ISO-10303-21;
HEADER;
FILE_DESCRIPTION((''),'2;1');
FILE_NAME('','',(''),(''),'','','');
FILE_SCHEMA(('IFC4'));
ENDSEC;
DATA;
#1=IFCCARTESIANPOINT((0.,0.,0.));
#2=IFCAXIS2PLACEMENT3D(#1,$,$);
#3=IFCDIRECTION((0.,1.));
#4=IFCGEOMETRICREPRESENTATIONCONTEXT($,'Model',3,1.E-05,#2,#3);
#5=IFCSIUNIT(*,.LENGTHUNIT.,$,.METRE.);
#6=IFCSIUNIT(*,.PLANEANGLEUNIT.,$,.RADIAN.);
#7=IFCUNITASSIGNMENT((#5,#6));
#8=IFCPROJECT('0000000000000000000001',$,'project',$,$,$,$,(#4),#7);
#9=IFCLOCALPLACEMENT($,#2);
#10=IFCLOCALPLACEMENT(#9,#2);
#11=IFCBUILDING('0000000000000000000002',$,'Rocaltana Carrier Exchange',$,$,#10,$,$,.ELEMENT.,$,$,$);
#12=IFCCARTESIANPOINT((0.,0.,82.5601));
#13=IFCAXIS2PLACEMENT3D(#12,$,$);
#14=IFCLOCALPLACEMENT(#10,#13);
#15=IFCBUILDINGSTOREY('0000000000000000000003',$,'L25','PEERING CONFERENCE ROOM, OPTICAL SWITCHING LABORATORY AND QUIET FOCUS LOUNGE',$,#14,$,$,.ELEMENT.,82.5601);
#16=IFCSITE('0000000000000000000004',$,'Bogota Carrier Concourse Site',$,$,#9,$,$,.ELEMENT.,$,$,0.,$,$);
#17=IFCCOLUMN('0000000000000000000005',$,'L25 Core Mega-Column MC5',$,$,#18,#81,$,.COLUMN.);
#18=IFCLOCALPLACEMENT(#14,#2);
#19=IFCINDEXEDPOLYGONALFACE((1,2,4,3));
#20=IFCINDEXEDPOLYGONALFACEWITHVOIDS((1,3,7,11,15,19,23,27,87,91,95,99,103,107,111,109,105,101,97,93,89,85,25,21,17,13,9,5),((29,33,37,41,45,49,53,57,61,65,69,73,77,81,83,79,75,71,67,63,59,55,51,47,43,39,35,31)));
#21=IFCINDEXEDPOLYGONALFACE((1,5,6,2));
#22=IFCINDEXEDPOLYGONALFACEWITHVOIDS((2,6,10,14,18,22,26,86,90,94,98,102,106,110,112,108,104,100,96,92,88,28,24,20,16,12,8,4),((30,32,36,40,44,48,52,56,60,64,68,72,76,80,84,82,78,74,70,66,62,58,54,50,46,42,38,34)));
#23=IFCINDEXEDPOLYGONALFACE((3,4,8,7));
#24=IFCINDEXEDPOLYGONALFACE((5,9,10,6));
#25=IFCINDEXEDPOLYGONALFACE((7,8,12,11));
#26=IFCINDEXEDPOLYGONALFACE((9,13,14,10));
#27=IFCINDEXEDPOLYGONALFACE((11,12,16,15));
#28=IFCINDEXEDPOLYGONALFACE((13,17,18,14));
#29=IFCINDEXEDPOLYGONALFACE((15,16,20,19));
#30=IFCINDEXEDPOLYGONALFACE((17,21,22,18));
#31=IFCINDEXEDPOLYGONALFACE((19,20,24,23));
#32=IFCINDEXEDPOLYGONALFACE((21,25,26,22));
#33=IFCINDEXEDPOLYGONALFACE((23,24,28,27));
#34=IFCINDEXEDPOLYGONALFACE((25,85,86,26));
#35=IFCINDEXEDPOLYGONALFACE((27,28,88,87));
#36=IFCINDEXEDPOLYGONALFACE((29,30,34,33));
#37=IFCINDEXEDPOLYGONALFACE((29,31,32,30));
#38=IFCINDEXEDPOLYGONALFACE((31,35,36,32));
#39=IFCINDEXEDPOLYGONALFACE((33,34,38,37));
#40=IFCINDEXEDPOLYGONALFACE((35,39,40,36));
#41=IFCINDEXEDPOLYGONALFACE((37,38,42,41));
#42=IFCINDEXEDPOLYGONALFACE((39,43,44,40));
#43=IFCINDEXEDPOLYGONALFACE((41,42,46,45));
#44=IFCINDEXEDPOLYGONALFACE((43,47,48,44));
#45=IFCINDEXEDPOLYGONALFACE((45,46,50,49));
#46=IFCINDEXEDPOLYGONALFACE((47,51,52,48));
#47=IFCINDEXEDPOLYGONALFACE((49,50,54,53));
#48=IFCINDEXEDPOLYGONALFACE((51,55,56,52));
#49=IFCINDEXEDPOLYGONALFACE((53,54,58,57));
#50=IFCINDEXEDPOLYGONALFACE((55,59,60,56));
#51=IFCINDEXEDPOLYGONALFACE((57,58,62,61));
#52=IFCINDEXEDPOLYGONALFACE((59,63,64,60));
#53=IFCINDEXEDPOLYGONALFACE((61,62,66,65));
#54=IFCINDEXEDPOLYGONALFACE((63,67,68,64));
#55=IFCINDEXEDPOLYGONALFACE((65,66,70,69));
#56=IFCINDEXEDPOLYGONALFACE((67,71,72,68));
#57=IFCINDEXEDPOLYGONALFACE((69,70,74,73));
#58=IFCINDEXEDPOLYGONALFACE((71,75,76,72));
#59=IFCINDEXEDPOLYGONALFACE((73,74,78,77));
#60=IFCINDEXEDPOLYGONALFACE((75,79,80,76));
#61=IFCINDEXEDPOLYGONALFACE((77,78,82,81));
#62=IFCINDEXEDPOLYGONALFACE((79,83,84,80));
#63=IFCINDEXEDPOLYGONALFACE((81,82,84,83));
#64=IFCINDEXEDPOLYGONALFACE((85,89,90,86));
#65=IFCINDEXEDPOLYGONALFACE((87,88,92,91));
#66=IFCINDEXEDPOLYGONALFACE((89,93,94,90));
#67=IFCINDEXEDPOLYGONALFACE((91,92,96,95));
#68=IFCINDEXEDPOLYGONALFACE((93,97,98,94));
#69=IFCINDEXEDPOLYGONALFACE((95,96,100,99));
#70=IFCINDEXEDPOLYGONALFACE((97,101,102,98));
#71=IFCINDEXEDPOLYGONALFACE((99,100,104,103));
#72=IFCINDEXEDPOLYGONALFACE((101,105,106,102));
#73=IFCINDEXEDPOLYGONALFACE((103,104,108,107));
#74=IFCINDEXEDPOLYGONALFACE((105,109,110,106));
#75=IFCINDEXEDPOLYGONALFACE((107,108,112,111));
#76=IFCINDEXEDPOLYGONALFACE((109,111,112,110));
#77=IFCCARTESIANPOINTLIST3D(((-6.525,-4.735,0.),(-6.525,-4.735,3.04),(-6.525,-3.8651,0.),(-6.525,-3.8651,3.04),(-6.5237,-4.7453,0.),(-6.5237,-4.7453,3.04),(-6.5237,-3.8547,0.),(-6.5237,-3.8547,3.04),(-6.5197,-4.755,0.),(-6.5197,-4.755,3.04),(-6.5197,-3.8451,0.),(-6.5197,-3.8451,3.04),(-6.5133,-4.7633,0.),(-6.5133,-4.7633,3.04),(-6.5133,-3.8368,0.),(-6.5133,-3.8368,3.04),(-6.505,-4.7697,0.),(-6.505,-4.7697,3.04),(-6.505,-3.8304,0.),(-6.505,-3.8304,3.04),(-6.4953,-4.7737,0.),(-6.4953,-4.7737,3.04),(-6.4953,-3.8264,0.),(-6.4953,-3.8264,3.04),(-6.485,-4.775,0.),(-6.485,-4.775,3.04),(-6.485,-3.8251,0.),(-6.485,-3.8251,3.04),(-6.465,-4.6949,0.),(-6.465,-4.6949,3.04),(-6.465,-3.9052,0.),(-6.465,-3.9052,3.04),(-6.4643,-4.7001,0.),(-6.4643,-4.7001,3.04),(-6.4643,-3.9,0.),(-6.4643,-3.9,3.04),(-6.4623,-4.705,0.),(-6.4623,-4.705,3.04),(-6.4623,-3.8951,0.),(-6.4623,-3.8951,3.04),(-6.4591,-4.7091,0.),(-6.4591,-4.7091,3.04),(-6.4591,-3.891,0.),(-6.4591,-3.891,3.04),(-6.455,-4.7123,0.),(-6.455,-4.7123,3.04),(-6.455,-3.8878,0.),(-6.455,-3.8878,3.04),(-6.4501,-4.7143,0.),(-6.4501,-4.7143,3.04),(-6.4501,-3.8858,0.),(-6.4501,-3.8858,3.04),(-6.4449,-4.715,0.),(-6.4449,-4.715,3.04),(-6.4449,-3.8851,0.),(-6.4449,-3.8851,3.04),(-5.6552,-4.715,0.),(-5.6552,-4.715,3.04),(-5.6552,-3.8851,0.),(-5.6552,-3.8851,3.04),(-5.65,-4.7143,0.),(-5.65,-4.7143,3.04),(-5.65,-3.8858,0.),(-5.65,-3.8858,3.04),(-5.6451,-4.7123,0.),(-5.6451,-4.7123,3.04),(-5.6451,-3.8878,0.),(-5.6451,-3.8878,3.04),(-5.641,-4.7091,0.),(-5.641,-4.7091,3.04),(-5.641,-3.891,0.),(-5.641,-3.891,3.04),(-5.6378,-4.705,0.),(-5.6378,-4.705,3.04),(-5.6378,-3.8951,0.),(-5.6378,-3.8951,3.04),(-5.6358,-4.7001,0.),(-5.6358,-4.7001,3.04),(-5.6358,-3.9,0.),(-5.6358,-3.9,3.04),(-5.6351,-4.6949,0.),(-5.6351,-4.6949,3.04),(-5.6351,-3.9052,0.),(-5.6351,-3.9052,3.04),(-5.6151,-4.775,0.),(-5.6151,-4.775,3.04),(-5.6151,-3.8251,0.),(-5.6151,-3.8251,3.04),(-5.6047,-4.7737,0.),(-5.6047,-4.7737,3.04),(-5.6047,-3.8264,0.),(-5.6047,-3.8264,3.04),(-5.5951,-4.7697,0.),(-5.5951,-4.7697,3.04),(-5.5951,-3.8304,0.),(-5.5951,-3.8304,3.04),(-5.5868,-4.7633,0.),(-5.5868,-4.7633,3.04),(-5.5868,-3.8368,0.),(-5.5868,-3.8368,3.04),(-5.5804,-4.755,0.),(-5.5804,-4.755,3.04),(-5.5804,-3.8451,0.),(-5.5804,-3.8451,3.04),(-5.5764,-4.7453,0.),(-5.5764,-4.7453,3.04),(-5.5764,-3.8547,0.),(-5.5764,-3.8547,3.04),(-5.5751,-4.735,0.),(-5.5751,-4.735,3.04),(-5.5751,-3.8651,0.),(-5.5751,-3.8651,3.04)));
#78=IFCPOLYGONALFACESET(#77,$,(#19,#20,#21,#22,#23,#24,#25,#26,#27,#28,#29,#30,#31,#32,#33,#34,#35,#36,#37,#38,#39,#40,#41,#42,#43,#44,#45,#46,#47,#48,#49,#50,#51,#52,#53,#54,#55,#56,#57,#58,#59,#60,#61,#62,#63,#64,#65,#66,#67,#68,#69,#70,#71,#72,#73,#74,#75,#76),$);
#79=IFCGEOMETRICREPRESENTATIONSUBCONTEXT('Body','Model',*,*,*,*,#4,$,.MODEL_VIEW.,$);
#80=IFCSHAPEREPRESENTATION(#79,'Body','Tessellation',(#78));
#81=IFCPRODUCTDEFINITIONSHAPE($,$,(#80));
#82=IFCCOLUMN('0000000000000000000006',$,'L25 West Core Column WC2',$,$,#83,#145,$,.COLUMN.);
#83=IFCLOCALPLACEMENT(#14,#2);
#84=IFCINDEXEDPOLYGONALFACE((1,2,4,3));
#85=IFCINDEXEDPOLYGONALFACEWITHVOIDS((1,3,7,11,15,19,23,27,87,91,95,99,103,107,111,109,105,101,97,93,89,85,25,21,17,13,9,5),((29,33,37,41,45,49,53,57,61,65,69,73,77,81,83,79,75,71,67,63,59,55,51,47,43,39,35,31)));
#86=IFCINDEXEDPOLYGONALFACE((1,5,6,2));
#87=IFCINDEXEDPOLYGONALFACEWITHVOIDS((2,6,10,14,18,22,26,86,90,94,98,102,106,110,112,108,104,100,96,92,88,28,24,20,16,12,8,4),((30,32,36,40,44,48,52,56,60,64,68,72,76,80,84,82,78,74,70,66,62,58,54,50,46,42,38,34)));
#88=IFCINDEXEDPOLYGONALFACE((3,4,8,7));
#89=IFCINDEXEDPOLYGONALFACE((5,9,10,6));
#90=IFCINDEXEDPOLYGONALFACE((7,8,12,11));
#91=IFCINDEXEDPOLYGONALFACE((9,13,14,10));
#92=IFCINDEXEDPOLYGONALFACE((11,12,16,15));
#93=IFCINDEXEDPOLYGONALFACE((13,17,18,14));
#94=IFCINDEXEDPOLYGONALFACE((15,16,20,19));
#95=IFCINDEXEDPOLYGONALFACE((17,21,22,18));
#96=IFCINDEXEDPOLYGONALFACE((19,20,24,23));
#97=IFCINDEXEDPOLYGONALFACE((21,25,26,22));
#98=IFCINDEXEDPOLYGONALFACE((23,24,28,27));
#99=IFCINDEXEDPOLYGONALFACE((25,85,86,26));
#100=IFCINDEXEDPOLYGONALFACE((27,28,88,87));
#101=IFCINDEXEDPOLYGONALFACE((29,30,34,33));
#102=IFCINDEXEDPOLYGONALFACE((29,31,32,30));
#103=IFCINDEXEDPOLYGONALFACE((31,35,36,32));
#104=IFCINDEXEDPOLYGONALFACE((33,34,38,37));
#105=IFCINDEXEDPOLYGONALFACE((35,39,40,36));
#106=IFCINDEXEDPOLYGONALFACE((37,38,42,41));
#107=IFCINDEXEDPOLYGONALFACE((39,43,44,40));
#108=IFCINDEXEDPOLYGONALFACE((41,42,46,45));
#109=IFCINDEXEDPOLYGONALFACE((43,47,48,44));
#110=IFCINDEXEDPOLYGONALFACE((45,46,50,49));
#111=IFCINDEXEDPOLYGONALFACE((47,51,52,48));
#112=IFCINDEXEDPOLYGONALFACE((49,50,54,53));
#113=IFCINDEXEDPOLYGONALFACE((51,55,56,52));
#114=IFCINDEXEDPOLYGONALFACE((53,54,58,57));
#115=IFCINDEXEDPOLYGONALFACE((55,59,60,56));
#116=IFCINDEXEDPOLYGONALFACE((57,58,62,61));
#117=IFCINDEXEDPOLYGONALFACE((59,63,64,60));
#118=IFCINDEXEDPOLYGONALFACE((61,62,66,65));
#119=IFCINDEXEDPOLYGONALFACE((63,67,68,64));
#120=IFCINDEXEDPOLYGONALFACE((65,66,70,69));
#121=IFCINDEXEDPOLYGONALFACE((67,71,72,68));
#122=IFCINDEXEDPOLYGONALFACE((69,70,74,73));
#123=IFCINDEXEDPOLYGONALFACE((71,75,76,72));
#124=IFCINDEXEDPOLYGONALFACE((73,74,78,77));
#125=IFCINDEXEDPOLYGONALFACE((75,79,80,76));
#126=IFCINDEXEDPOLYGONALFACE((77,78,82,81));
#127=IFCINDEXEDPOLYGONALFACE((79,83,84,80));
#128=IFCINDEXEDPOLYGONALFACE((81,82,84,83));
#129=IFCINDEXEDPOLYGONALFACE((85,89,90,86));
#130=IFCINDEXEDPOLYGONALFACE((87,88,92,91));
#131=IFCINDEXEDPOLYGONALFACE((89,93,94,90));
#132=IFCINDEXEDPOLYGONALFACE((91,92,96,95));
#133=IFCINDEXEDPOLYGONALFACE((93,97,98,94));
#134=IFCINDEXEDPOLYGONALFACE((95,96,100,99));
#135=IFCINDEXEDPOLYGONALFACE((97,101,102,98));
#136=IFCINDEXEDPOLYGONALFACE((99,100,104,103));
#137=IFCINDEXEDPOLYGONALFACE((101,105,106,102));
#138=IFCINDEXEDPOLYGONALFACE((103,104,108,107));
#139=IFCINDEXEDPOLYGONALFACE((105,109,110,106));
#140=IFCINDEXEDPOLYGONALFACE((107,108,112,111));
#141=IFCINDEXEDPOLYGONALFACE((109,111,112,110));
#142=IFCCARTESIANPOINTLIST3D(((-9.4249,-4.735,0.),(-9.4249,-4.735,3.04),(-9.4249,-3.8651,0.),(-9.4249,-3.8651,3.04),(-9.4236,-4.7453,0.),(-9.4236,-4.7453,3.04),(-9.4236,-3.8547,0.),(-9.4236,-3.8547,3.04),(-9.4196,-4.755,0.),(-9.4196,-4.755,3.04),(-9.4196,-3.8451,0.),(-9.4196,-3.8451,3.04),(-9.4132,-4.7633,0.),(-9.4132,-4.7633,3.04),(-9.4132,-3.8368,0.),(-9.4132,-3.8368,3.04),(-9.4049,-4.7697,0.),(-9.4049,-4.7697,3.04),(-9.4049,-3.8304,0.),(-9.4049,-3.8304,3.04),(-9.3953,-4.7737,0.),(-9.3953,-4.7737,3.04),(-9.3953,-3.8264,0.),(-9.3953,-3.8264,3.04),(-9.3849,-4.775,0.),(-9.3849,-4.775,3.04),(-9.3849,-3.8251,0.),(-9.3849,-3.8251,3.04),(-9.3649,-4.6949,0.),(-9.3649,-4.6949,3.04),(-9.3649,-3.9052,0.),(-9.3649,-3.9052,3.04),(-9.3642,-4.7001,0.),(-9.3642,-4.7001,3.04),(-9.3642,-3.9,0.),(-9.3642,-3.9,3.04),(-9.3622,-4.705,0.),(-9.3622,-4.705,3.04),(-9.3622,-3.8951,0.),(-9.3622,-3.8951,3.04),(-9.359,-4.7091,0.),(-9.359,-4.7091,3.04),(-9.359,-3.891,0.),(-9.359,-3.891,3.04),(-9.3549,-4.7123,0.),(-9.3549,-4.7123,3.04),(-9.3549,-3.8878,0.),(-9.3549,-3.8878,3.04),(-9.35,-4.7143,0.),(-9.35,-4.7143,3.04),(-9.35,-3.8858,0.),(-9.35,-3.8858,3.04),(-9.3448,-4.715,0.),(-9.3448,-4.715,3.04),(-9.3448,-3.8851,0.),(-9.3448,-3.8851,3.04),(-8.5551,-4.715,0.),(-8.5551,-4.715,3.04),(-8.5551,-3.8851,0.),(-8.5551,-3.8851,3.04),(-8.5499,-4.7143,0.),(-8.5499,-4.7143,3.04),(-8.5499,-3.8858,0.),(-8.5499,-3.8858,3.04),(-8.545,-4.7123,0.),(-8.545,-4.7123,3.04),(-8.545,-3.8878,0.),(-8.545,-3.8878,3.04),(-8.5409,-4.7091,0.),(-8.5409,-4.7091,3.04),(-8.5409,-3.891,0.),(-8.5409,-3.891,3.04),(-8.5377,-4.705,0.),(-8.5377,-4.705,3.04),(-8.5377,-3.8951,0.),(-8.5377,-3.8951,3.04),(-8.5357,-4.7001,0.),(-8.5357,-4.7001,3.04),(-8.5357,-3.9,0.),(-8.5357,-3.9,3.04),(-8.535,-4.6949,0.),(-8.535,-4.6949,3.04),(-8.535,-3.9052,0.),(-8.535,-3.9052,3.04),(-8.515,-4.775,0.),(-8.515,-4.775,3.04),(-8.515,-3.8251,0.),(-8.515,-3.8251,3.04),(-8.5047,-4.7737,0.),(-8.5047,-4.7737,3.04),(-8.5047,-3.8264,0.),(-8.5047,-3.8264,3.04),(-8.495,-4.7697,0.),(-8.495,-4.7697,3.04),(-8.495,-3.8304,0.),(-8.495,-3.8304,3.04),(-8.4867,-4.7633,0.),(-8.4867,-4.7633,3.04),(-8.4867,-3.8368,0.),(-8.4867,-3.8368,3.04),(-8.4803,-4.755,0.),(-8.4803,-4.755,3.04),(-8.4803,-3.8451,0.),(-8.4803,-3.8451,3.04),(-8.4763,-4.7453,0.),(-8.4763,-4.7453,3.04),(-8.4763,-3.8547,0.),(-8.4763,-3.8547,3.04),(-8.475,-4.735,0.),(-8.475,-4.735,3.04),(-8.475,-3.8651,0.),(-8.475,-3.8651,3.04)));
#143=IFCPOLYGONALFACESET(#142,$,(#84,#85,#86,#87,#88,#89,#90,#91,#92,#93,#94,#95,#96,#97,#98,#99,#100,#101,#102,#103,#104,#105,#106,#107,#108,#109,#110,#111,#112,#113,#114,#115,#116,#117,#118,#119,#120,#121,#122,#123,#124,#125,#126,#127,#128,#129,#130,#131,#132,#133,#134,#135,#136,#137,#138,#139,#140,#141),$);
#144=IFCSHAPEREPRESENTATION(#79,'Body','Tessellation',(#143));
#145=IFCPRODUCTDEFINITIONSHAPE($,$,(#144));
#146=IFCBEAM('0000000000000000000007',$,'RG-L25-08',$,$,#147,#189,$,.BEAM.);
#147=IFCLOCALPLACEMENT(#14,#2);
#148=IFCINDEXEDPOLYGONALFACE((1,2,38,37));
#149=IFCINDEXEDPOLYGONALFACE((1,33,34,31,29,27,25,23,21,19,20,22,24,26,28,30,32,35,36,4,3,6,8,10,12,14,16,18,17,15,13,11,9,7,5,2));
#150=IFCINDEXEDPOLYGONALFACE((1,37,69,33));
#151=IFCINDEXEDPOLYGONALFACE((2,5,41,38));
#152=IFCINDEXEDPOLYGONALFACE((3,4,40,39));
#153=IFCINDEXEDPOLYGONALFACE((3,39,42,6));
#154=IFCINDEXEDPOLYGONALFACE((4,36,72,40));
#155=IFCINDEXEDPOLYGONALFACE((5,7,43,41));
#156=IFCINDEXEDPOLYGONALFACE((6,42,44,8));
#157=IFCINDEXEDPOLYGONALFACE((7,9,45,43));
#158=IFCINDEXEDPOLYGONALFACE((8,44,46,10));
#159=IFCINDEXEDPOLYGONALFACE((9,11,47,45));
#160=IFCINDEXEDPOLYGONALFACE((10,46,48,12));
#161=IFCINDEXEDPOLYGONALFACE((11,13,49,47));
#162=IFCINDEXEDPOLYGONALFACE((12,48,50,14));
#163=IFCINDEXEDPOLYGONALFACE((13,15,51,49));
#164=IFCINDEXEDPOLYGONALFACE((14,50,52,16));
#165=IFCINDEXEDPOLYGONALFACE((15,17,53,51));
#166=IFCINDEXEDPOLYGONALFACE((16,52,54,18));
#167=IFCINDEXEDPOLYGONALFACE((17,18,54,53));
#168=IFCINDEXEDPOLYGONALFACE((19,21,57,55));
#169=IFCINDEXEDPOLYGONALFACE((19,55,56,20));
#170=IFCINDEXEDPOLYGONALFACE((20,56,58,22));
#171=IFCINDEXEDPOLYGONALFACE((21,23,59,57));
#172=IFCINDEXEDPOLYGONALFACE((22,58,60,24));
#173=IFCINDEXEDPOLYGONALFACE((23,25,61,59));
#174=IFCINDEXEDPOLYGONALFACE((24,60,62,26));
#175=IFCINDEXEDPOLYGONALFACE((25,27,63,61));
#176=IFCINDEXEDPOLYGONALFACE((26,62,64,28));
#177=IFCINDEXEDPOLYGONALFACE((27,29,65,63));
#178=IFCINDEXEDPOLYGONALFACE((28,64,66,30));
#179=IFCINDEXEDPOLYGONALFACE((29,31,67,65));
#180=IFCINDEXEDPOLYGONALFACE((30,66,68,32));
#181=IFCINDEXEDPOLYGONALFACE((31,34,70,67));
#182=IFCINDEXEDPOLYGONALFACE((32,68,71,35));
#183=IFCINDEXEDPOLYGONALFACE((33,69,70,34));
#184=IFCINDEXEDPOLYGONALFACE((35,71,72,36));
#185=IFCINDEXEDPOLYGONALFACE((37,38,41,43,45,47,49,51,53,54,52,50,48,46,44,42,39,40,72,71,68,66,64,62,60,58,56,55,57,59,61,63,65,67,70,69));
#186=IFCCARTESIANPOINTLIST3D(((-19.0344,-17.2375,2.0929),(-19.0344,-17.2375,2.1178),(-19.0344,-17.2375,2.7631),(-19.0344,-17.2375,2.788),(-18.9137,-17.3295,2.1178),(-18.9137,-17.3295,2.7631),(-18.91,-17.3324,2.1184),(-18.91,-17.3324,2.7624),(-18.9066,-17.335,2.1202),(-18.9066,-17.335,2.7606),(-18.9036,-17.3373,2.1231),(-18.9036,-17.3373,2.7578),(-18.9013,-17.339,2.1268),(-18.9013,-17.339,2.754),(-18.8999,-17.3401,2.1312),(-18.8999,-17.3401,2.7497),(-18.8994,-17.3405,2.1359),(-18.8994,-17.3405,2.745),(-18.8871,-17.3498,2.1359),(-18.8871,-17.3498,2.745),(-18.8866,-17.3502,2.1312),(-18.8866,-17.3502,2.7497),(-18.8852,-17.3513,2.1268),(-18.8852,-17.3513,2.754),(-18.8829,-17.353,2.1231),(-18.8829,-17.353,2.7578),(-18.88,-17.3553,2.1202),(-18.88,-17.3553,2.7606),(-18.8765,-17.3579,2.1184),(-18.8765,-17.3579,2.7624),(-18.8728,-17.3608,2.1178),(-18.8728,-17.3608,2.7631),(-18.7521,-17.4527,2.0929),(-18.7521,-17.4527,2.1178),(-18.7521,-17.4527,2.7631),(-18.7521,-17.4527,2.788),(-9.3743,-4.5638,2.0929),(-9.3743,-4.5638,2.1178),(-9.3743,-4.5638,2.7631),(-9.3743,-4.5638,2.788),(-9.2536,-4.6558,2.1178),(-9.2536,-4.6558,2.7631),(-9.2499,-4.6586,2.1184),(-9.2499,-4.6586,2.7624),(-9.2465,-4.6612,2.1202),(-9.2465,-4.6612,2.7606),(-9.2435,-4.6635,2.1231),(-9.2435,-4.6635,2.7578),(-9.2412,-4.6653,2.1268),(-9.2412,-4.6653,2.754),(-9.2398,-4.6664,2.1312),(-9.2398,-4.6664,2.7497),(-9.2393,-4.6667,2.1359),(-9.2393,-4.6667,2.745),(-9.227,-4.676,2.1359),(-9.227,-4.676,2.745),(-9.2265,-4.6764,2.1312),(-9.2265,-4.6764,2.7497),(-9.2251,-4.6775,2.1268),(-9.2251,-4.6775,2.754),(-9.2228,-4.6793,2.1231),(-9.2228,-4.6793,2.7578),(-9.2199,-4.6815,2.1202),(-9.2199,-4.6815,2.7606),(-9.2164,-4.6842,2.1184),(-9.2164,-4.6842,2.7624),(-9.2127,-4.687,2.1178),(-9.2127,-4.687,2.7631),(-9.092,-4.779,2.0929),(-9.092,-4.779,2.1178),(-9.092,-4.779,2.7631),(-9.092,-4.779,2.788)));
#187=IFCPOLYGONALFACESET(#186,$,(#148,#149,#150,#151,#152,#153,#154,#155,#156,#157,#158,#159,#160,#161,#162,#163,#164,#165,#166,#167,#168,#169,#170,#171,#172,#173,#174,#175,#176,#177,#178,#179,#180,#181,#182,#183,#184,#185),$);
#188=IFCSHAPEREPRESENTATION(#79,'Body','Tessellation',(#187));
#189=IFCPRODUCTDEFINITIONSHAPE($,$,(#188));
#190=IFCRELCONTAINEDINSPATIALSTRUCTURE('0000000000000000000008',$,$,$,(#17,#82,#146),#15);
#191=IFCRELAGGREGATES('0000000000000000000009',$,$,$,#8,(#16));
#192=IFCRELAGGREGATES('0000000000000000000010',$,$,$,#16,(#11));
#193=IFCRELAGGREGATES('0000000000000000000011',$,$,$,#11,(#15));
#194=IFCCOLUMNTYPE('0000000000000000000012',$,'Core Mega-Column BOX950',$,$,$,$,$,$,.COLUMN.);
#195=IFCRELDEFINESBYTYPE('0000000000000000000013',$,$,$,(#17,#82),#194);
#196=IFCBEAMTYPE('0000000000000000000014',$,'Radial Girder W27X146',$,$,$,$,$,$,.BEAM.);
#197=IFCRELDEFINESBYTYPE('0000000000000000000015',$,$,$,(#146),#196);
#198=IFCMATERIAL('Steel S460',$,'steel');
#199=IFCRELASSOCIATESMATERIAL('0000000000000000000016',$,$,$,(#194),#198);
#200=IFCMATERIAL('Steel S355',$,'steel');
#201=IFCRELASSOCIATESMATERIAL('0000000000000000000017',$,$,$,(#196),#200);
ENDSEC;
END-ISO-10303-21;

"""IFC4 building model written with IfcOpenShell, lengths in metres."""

from ifc_helpers import new_model, si_unit, direction, frame, origin, origin_2d, place, context, subcontext, project, spatial, hollow_rectangle, i_section, extrude, material, material_profile, profile_set, type_object, element, save


model = new_model("IFC4")

# Units and contexts
model_context = context("Model", 3, precision=1e-05, world=origin(), true_north=direction((0.0, 1.0)))
body_context = subcontext(model_context, "Body", "Model", "MODEL_VIEW")
ifc_project = project(units=[si_unit("LENGTHUNIT", "METRE"), si_unit("PLANEANGLEUNIT", "RADIAN")], contexts=[model_context])

# Site, building, storey
site_placement = place(None, origin())
site = spatial("IfcSite", under=ifc_project, at=site_placement, Name="Bogota Carrier Concourse Site", CompositionType="ELEMENT", RefElevation=0.0)
building_placement = place(site_placement, origin())
building = spatial("IfcBuilding", under=site, at=building_placement, Name="Rocaltana Carrier Exchange", CompositionType="ELEMENT")
storey_placement = place(building_placement, frame((0.0, 0.0, 82.5601)))
storey = spatial("IfcBuildingStorey", under=building, at=storey_placement, Name="L25", Description="PEERING CONFERENCE ROOM, OPTICAL SWITCHING LABORATORY AND QUIET FOCUS LOUNGE", CompositionType="ELEMENT", Elevation=82.5601)

# Columns
ifc_material_1 = material(Name="Steel S460", Category="steel")
ifc_material_profile_1 = material_profile(ifc_material_1, hollow_rectangle(XDim=0.95, YDim=0.95, WallThickness=0.0601, InnerFilletRadius=0.02, OuterFilletRadius=0.04, at=origin_2d()), Name="BOX950X950X60")
ifc_profile_set_1 = profile_set([ifc_material_profile_1], Name="Steel S460")
column_type = type_object("IfcColumnType", Name="Core Mega-Column BOX950", PredefinedType="COLUMN", material=ifc_profile_set_1)
for number, where, z_axis, x_axis, name in (
    (1, (-6.05, -4.3, 0.0), (0.0, 0.0, 1.0), (1.0, 0.0, 0.0), "L25 Core Mega-Column MC5"),
    (2, (-8.95, -4.3, 0.0), (0.0, 0.0, 1.0), (1.0, 0.0, 0.0), "L25 West Core Column WC2"),
):
    element("IfcColumn", number, at=place(storey_placement, frame(where, z_axis=z_axis, x_axis=x_axis)), inside=storey, type_object=column_type, Name=name, PredefinedType="COLUMN", context=body_context, shape_type="SweptSolid", body=[
        extrude(hollow_rectangle(XDim=0.95, YDim=0.95, WallThickness=0.0601, InnerFilletRadius=0.02, OuterFilletRadius=0.04, at=origin_2d()), origin(), (0.0, 0.0, 1.0), 3.04),
    ])

# Beam
ifc_material_2 = material(Name="Steel S355", Category="steel")
ifc_material_profile_2 = material_profile(ifc_material_2, i_section(OverallWidth=0.355, OverallDepth=0.6951, WebThickness=0.0154, FlangeThickness=0.0249, FilletRadius=0.0181, at=origin_2d()), Name="W27X146")
ifc_profile_set_2 = profile_set([ifc_material_profile_2], Name="Steel S355")
beam_type = type_object("IfcBeamType", Name="Radial Girder W27X146", PredefinedType="BEAM", material=ifc_profile_set_2)
beam_1_placement = place(storey_placement, frame((-9.2332, -4.6714, 2.4404), z_axis=(-0.606198, -0.795314, 0.0), x_axis=(0.795314, -0.606198, 0.0)))
element("IfcBeam", 3, at=beam_1_placement, inside=storey, type_object=beam_type, Name="RG-L25-08", PredefinedType="BEAM", context=body_context, shape_type="SweptSolid", body=[
    extrude(i_section(OverallWidth=0.355, OverallDepth=0.6951, WebThickness=0.0154, FlangeThickness=0.0249, FilletRadius=0.0181, at=origin_2d()), origin(), (0.0, 0.0, 1.0), 15.9355),
])

save(model, "model.ifc")
